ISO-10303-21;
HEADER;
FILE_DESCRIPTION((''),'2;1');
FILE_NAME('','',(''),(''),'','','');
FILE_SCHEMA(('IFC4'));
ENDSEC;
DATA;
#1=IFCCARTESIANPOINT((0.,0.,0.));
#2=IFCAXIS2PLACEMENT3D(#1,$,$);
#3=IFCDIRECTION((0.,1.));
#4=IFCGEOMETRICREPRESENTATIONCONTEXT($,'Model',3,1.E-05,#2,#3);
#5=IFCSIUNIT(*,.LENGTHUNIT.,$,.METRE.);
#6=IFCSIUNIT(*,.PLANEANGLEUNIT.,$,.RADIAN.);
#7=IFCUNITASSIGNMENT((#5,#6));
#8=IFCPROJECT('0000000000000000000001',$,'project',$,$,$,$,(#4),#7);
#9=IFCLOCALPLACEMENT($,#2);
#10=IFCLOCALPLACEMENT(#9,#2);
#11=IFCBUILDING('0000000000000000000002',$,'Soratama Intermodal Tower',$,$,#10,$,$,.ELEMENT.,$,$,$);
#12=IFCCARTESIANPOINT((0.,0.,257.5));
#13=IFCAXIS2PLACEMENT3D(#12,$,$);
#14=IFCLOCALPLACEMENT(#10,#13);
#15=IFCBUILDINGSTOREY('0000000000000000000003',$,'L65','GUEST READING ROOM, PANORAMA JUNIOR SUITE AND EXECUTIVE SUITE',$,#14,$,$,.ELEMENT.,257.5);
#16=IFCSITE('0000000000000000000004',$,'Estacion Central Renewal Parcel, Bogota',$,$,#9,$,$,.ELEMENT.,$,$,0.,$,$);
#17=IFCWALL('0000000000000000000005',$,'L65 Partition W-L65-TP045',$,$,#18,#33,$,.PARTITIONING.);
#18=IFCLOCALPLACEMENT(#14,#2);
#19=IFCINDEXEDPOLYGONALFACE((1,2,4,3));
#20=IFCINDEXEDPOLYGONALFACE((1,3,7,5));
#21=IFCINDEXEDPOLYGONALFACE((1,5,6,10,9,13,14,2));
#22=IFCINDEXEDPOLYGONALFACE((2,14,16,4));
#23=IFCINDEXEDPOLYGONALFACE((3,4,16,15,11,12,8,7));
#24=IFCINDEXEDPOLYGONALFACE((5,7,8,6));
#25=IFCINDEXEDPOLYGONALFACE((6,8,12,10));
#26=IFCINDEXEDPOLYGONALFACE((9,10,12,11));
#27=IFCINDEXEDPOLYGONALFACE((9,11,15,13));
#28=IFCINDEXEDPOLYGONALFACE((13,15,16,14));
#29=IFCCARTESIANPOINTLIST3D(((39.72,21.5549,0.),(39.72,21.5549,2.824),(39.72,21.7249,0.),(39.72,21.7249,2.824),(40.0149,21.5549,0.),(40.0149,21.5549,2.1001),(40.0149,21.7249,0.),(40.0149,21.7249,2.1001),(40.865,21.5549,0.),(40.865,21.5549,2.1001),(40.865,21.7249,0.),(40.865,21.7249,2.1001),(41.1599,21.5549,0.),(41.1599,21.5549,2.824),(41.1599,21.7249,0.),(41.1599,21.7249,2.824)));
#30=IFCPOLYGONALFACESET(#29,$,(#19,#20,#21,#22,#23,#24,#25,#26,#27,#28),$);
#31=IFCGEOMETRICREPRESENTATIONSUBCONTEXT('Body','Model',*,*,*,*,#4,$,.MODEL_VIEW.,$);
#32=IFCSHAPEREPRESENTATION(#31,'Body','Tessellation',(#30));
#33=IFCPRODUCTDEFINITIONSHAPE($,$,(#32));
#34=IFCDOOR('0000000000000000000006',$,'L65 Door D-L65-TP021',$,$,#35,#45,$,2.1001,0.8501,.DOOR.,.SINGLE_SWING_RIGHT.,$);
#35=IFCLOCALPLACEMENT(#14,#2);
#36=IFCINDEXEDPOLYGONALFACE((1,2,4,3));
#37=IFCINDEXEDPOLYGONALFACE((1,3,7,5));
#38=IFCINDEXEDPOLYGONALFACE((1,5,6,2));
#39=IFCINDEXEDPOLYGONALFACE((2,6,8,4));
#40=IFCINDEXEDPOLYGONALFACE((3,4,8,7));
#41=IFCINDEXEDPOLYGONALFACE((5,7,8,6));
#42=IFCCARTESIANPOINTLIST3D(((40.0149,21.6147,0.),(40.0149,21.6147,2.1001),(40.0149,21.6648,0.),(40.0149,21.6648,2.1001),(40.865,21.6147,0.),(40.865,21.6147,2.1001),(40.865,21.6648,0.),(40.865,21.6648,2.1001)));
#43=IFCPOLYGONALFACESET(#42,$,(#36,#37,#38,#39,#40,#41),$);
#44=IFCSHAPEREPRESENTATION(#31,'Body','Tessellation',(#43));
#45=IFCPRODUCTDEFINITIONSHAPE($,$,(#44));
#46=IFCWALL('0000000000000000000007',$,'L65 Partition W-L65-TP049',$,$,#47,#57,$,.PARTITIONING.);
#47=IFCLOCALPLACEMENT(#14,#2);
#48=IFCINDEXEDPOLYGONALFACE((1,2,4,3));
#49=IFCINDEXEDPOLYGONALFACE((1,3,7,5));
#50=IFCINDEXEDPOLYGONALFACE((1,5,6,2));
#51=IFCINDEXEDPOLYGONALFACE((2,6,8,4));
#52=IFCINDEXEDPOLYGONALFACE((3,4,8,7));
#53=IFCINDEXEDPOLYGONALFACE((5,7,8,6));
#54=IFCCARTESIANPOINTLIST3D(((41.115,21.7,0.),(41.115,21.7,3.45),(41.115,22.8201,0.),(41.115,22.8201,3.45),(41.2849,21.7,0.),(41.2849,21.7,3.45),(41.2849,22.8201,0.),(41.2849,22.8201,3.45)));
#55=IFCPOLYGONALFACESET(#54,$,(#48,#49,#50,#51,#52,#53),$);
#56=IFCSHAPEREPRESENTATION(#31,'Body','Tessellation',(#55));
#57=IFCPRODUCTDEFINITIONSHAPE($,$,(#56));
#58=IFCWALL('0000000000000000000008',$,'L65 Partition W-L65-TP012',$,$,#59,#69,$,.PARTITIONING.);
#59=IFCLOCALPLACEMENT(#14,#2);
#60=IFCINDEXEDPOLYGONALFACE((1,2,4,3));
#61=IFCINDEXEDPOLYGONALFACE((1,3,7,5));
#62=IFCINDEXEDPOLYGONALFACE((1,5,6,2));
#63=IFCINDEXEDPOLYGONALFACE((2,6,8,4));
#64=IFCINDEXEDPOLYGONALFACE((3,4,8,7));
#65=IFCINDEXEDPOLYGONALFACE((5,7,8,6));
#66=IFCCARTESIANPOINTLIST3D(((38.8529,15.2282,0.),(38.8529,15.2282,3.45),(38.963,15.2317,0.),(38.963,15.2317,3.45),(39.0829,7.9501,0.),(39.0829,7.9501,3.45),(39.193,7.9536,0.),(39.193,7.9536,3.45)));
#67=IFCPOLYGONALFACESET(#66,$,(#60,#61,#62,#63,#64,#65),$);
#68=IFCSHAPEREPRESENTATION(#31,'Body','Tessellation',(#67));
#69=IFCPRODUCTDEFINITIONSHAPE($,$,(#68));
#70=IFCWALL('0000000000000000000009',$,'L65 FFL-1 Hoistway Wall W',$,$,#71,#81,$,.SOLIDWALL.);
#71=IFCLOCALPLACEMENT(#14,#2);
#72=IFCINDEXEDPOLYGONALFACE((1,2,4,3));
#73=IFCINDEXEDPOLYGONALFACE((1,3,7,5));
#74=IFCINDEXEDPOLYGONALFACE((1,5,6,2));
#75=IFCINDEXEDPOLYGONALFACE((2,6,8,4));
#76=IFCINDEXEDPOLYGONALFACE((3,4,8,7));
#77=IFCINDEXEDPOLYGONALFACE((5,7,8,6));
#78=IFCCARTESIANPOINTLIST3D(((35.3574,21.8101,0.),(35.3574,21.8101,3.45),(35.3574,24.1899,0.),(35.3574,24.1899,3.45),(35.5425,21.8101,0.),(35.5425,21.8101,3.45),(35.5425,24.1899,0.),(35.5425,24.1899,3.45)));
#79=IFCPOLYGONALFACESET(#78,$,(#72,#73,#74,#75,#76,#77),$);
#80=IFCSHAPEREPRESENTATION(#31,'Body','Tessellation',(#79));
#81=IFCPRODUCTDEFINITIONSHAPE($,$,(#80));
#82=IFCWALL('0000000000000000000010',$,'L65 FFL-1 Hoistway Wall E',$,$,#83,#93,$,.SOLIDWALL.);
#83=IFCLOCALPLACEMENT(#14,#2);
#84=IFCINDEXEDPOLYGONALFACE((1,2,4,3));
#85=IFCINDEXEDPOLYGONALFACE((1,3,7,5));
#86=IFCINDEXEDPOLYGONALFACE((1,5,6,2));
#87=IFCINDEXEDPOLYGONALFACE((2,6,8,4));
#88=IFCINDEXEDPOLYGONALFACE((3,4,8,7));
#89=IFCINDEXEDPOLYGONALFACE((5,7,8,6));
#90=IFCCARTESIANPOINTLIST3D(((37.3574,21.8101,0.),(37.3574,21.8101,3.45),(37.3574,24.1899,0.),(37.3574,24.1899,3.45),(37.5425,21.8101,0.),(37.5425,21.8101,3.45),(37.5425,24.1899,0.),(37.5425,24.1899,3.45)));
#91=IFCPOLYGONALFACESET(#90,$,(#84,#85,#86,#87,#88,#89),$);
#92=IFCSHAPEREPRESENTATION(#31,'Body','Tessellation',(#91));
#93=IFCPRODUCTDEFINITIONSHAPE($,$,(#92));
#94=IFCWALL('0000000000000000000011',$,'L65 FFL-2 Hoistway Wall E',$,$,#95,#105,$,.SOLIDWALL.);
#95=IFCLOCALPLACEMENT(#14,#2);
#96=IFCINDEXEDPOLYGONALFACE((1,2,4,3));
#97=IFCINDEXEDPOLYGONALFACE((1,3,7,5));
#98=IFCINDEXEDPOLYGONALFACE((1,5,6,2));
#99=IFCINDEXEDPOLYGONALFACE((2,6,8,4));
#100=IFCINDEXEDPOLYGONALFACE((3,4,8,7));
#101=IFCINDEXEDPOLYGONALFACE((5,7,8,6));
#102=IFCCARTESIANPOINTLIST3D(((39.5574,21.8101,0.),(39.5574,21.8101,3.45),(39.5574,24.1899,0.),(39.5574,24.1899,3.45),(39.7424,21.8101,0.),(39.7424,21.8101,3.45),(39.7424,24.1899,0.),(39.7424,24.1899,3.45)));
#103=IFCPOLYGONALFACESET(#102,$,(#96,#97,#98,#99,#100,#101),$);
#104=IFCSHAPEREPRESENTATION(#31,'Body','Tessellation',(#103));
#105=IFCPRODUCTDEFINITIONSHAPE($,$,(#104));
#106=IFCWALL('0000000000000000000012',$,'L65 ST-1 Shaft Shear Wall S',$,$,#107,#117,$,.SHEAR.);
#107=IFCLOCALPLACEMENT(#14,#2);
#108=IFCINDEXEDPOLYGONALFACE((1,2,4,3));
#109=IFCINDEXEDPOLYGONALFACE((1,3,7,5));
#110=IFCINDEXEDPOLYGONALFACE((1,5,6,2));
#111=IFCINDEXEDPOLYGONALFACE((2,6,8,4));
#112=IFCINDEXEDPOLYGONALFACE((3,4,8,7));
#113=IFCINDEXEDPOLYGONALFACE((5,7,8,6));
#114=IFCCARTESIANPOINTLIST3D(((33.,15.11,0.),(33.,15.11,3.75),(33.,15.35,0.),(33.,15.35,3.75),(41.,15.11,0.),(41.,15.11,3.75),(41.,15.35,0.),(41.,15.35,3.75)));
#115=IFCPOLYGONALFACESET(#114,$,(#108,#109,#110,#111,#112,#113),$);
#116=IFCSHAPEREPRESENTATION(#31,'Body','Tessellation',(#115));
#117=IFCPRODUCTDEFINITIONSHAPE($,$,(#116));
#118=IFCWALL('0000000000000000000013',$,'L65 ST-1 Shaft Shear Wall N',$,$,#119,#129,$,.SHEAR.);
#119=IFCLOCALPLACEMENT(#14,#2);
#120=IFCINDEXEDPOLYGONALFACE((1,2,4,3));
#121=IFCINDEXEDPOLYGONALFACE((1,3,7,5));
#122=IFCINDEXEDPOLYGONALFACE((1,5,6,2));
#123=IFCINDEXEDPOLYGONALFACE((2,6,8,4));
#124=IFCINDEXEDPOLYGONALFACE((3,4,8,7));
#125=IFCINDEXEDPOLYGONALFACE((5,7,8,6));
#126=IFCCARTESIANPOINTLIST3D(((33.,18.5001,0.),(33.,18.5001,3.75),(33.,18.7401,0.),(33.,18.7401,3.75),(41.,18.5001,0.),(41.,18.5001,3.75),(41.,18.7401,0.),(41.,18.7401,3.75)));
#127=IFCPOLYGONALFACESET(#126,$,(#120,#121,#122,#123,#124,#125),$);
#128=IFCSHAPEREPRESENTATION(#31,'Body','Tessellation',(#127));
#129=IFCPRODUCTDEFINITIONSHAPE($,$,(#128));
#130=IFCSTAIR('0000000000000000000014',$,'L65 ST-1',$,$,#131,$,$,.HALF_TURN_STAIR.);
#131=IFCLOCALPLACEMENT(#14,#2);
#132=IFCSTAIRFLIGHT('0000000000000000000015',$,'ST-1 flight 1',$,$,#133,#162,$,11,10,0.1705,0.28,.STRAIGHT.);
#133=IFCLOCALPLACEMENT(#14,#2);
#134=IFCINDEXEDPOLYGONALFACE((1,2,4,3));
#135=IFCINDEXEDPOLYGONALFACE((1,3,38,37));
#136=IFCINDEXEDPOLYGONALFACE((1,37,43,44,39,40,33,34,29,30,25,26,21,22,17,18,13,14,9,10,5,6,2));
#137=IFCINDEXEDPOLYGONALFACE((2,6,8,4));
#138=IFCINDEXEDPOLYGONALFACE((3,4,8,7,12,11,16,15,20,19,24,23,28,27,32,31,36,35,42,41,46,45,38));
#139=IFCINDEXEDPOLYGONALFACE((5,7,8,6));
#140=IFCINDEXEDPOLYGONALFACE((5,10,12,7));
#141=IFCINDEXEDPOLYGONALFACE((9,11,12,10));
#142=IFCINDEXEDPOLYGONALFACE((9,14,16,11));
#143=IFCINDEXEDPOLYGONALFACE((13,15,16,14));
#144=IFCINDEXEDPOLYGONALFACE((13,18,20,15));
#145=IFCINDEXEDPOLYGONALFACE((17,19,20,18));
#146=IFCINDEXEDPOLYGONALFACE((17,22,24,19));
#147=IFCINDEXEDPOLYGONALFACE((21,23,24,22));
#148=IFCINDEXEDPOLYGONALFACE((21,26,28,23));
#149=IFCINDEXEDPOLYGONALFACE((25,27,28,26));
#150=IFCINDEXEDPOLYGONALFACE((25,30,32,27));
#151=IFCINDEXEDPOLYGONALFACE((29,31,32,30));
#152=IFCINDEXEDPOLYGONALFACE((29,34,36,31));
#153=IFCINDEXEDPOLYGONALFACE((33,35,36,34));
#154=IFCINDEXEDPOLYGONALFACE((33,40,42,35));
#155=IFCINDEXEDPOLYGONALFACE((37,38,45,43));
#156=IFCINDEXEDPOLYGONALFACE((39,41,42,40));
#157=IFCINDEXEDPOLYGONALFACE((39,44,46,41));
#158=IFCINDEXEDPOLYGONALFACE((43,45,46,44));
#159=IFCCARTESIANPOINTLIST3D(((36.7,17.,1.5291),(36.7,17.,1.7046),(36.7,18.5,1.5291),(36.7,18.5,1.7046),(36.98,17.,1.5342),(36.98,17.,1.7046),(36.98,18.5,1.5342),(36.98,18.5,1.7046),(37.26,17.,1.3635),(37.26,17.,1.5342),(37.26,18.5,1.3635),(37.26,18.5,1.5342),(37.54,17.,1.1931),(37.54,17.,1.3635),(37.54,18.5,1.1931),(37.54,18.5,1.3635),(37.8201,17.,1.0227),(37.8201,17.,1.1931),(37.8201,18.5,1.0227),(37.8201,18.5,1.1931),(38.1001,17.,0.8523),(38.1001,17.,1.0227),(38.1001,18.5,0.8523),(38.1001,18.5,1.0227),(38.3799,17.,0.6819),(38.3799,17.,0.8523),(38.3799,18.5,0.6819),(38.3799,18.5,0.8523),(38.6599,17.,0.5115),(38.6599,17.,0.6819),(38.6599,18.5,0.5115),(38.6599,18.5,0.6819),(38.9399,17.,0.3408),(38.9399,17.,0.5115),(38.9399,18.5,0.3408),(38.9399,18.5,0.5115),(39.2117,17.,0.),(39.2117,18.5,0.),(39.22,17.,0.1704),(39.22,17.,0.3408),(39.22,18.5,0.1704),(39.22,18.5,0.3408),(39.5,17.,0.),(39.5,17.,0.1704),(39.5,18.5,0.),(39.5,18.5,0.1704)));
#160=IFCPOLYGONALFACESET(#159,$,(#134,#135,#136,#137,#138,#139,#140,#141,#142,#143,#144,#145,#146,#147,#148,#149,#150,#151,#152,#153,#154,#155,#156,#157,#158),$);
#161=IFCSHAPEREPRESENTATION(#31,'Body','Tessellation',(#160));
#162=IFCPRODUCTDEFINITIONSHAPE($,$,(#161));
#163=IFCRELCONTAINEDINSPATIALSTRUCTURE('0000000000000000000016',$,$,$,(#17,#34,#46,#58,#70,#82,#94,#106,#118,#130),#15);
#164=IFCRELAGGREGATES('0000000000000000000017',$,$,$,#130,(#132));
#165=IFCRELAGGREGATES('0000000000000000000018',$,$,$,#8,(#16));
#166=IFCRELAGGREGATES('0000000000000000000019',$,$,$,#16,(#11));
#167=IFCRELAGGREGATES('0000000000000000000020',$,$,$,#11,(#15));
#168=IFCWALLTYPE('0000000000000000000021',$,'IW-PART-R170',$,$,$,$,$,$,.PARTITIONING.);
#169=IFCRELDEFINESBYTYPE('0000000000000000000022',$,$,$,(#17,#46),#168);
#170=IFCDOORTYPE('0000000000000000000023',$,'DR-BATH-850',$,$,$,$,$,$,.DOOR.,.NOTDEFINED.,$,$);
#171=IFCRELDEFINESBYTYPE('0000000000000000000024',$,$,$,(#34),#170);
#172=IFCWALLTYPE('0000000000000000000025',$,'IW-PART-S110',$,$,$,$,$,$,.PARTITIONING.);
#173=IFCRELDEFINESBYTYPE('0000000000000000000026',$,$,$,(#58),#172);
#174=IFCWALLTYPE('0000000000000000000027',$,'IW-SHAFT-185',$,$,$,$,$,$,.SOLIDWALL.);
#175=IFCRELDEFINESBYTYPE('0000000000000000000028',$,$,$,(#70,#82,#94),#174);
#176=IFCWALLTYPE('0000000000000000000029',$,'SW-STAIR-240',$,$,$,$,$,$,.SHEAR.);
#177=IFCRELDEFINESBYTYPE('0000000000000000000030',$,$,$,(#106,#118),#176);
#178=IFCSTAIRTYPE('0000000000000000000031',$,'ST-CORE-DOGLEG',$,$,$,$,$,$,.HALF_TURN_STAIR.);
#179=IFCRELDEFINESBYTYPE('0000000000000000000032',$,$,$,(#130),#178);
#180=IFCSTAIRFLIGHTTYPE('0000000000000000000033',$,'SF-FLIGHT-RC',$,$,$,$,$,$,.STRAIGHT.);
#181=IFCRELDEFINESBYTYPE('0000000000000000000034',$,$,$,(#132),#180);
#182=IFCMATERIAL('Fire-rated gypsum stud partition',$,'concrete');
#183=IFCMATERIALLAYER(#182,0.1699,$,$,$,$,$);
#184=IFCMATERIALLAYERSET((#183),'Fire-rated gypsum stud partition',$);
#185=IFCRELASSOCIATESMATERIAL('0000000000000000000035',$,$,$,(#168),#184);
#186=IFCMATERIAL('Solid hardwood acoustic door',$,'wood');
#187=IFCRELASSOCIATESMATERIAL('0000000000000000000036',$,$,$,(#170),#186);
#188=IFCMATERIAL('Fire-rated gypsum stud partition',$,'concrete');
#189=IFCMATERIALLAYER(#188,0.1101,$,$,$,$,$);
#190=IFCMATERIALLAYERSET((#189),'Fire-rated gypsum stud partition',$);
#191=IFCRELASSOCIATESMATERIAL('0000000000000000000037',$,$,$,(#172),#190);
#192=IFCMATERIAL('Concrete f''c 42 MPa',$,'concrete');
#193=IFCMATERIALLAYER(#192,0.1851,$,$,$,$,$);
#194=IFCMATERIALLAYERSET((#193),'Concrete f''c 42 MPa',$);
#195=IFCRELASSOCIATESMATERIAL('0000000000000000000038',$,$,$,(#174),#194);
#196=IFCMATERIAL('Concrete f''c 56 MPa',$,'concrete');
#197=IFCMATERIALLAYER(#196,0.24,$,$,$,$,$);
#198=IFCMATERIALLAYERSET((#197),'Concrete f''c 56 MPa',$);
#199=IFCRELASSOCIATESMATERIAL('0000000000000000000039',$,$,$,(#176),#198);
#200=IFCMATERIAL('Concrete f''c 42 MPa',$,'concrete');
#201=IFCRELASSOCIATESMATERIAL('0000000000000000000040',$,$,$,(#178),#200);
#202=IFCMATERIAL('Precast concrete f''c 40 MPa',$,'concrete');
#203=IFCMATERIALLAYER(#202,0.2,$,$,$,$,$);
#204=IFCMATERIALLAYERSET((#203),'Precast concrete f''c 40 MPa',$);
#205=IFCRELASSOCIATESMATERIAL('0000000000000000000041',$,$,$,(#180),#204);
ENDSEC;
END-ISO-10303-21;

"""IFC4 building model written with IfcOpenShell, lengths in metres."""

from ifc_helpers import new_model, si_unit, direction, frame, frame_2d, origin, place, context, subcontext, project, spatial, polyline, rectangle, outline, extrude, material, layer, layer_set, type_object, element, fill, aggregate, save


model = new_model("IFC4")

# Units and contexts
model_context = context("Model", 3, precision=1e-05, world=origin(), true_north=direction((0.0, 1.0)))
body_context = subcontext(model_context, "Body", "Model", "MODEL_VIEW")
ifc_project = project(units=[si_unit("LENGTHUNIT", "METRE"), si_unit("PLANEANGLEUNIT", "RADIAN")], contexts=[model_context])

# Site, building, storey
site_placement = place(None, origin())
site = spatial("IfcSite", under=ifc_project, at=site_placement, Name="Estacion Central Renewal Parcel, Bogota", CompositionType="ELEMENT", RefElevation=0.0)
building_placement = place(site_placement, origin())
building = spatial("IfcBuilding", under=site, at=building_placement, Name="Soratama Intermodal Tower", CompositionType="ELEMENT")
storey_placement = place(building_placement, frame((0.0, 0.0, 257.5)))
storey = spatial("IfcBuildingStorey", under=building, at=storey_placement, Name="L65", Description="GUEST READING ROOM, PANORAMA JUNIOR SUITE AND EXECUTIVE SUITE", CompositionType="ELEMENT", Elevation=257.5)

# Wall, opening, door
ifc_material_1 = material(Name="Fire-rated gypsum stud partition", Category="concrete")
ifc_layer_1 = layer(ifc_material_1, 0.1699)
ifc_layer_set_1 = layer_set([ifc_layer_1], Name="Fire-rated gypsum stud partition")
wall_type_1 = type_object("IfcWallType", Name="IW-PART-R170", PredefinedType="PARTITIONING", material=ifc_layer_set_1)
wall_1_placement = place(storey_placement, frame((39.72, 21.6399, 0.0), z_axis=(0.0, 0.0, 1.0), x_axis=(1.0, 0.0, 0.0)))
wall_1 = element("IfcWall", 1, at=wall_1_placement, inside=storey, type_object=wall_type_1, Name="L65 Partition W-L65-TP045", PredefinedType="PARTITIONING", context=body_context, shape_type="SweptSolid", body=[
    extrude(rectangle(XDim=1.4399, YDim=0.1699, at=frame_2d((0.72, 0.0))), origin(), (0.0, 0.0, 1.0), 2.824),
])
opening_1_placement = place(wall_1_placement, frame((0.2949, 0.0, 0.0)))
opening_1 = element("IfcOpeningElement", 2, at=opening_1_placement, cuts=wall_1, PredefinedType="OPENING", context=body_context, shape_type="SweptSolid", body=[
    extrude(rectangle(XDim=0.8501, YDim=2.1001, at=frame_2d((0.425, 1.05))), frame((0.0, 0.095, 0.0), z_axis=(0.0, -1.0, 0.0), x_axis=(1.0, 0.0, 0.0)), (0.0, 0.0, 1.0), 0.1899),
])
ifc_material_2 = material(Name="Solid hardwood acoustic door", Category="wood")
door_type_1 = type_object("IfcDoorType", Name="DR-BATH-850", OperationType="NOTDEFINED", PredefinedType="DOOR", material=ifc_material_2)
door_1_placement = place(opening_1_placement, origin())
door_1 = element("IfcDoor", 3, at=door_1_placement, inside=storey, type_object=door_type_1, Name="L65 Door D-L65-TP021", OperationType="SINGLE_SWING_RIGHT", OverallHeight=2.1001, OverallWidth=0.8501, PredefinedType="DOOR", context=body_context, shape_type="SweptSolid", body=[
    extrude(rectangle(XDim=0.8501, YDim=2.1001, at=frame_2d((0.425, 1.05))), frame((0.0, 0.0249, 0.0), z_axis=(0.0, -1.0, 0.0), x_axis=(1.0, 0.0, 0.0)), (0.0, 0.0, 1.0), 0.05),
])
fill(opening_1, door_1)

# Walls
wall_2_placement = place(storey_placement, frame((41.2, 21.7, 0.0), z_axis=(0.0, 0.0, 1.0), x_axis=(0.0, 1.0, 0.0)))
element("IfcWall", 4, at=wall_2_placement, inside=storey, type_object=wall_type_1, Name="L65 Partition W-L65-TP049", PredefinedType="PARTITIONING", context=body_context, shape_type="SweptSolid", body=[
    extrude(rectangle(XDim=1.1201, YDim=0.1699, at=frame_2d((0.5601, 0.0))), origin(), (0.0, 0.0, 1.0), 3.45),
])
ifc_material_3 = material(Name="Fire-rated gypsum stud partition", Category="concrete")
ifc_layer_2 = layer(ifc_material_3, 0.1101)
ifc_layer_set_2 = layer_set([ifc_layer_2], Name="Fire-rated gypsum stud partition")
wall_type_2 = type_object("IfcWallType", Name="IW-PART-S110", PredefinedType="PARTITIONING", material=ifc_layer_set_2)
wall_3_placement = place(storey_placement, frame((38.908, 15.23, 0.0), z_axis=(0.0, 0.0, 1.0), x_axis=(0.031583, -0.999501, 0.0)))
element("IfcWall", 5, at=wall_3_placement, inside=storey, type_object=wall_type_2, Name="L65 Partition W-L65-TP012", PredefinedType="PARTITIONING", context=body_context, shape_type="SweptSolid", body=[
    extrude(rectangle(XDim=7.2817, YDim=0.1101, at=frame_2d((3.6409, 0.0))), origin(), (0.0, 0.0, 1.0), 3.45),
])

# Shared definitions
ifc_material_4 = material(Name="Concrete f'c 42 MPa", Category="concrete")
ifc_layer_3 = layer(ifc_material_4, 0.1851)
ifc_layer_set_3 = layer_set([ifc_layer_3], Name="Concrete f'c 42 MPa")
wall_type_3 = type_object("IfcWallType", Name="IW-SHAFT-185", PredefinedType="SOLIDWALL", material=ifc_layer_set_3)

# Walls
for number, where, z_axis, x_axis, name in (
    (6, (35.45, 21.8101, 0.0), (0.0, 0.0, 1.0), (0.0, 1.0, 0.0), "L65 FFL-1 Hoistway Wall W"),
    (7, (37.45, 21.8101, 0.0), (0.0, 0.0, 1.0), (0.0, 1.0, 0.0), "L65 FFL-1 Hoistway Wall E"),
):
    element("IfcWall", number, at=place(storey_placement, frame(where, z_axis=z_axis, x_axis=x_axis)), inside=storey, type_object=wall_type_3, Name=name, PredefinedType="SOLIDWALL", context=body_context, shape_type="SweptSolid", body=[
        extrude(rectangle(XDim=2.3799, YDim=0.1851, at=frame_2d((1.1899, 0.0))), origin(), (0.0, 0.0, 1.0), 3.45),
    ])

# Wall
wall_4_placement = place(storey_placement, frame((39.6499, 21.8101, 0.0), z_axis=(0.0, 0.0, 1.0), x_axis=(0.0, 1.0, 0.0)))
element("IfcWall", 8, at=wall_4_placement, inside=storey, type_object=wall_type_3, Name="L65 FFL-2 Hoistway Wall E", PredefinedType="SOLIDWALL", context=body_context, shape_type="SweptSolid", body=[
    extrude(rectangle(XDim=2.3799, YDim=0.1851, at=frame_2d((1.1899, 0.0))), origin(), (0.0, 0.0, 1.0), 3.45),
])

# Walls
ifc_material_5 = material(Name="Concrete f'c 56 MPa", Category="concrete")
ifc_layer_4 = layer(ifc_material_5, 0.24)
ifc_layer_set_4 = layer_set([ifc_layer_4], Name="Concrete f'c 56 MPa")
wall_type_4 = type_object("IfcWallType", Name="SW-STAIR-240", PredefinedType="SHEAR", material=ifc_layer_set_4)
for number, where, z_axis, x_axis, name in (
    (9, (33.0, 15.23, 0.0), (0.0, 0.0, 1.0), (1.0, 0.0, 0.0), "L65 ST-1 Shaft Shear Wall S"),
    (10, (33.0, 18.6201, 0.0), (0.0, 0.0, 1.0), (1.0, 0.0, 0.0), "L65 ST-1 Shaft Shear Wall N"),
):
    element("IfcWall", number, at=place(storey_placement, frame(where, z_axis=z_axis, x_axis=x_axis)), inside=storey, type_object=wall_type_4, Name=name, PredefinedType="SHEAR", context=body_context, shape_type="SweptSolid", body=[
        extrude(rectangle(XDim=8.0, YDim=0.24, at=frame_2d((4.0, 0.0))), origin(), (0.0, 0.0, 1.0), 3.75),
    ])

# Stair, stair flight
ifc_material_6 = material(Name="Concrete f'c 42 MPa", Category="concrete")
stair_type = type_object("IfcStairType", Name="ST-CORE-DOGLEG", PredefinedType="HALF_TURN_STAIR", material=ifc_material_6)
stair_placement = place(storey_placement, origin())
stair = element("IfcStair", 11, at=stair_placement, inside=storey, type_object=stair_type, Name="L65 ST-1", PredefinedType="HALF_TURN_STAIR")
ifc_material_7 = material(Name="Precast concrete f'c 40 MPa", Category="concrete")
ifc_layer_5 = layer(ifc_material_7, 0.2)
ifc_layer_set_5 = layer_set([ifc_layer_5], Name="Precast concrete f'c 40 MPa")
stair_flight_type = type_object("IfcStairFlightType", Name="SF-FLIGHT-RC", PredefinedType="STRAIGHT", material=ifc_layer_set_5)
stair_flight_1_placement = place(storey_placement, frame((39.5, 17.75, 0.0), z_axis=(0.0, 0.0, 1.0), x_axis=(-1.0, 0.0, 0.0)))
stair_flight_1 = element("IfcStairFlight", 12, at=stair_flight_1_placement, type_object=stair_flight_type, Name="ST-1 flight 1", NumberOfRisers=11, NumberOfTreads=10, PredefinedType="STRAIGHT", RiserHeight=0.1705, TreadLength=0.28, context=body_context, shape_type="SweptSolid", body=[
    extrude(outline(polyline([(0.0, 0.0), (0.0, 0.1704), (0.28, 0.1704), (0.28, 0.3408), (0.5601, 0.3408), (0.5601, 0.5115), (0.8401, 0.5115), (0.8401, 0.6819), (1.1201, 0.6819), (1.1201, 0.8523), (1.3999, 0.8523), (1.3999, 1.0227), (1.6799, 1.0227), (1.6799, 1.1931), (1.96, 1.1931), (1.96, 1.3635), (2.24, 1.3635), (2.24, 1.5342), (2.52, 1.5342), (2.52, 1.7046), (2.8, 1.7046), (2.8, 1.875), (2.8, 1.5291), (0.2883, 0.0), (0.0, 0.0)])), frame((0.0, 0.75, 0.0), z_axis=(0.0, -1.0, 0.0), x_axis=(1.0, 0.0, 0.0)), (0.0, 0.0, 1.0), 1.5),
])
aggregate(stair, [stair_flight_1])

save(model, "model.ifc")
